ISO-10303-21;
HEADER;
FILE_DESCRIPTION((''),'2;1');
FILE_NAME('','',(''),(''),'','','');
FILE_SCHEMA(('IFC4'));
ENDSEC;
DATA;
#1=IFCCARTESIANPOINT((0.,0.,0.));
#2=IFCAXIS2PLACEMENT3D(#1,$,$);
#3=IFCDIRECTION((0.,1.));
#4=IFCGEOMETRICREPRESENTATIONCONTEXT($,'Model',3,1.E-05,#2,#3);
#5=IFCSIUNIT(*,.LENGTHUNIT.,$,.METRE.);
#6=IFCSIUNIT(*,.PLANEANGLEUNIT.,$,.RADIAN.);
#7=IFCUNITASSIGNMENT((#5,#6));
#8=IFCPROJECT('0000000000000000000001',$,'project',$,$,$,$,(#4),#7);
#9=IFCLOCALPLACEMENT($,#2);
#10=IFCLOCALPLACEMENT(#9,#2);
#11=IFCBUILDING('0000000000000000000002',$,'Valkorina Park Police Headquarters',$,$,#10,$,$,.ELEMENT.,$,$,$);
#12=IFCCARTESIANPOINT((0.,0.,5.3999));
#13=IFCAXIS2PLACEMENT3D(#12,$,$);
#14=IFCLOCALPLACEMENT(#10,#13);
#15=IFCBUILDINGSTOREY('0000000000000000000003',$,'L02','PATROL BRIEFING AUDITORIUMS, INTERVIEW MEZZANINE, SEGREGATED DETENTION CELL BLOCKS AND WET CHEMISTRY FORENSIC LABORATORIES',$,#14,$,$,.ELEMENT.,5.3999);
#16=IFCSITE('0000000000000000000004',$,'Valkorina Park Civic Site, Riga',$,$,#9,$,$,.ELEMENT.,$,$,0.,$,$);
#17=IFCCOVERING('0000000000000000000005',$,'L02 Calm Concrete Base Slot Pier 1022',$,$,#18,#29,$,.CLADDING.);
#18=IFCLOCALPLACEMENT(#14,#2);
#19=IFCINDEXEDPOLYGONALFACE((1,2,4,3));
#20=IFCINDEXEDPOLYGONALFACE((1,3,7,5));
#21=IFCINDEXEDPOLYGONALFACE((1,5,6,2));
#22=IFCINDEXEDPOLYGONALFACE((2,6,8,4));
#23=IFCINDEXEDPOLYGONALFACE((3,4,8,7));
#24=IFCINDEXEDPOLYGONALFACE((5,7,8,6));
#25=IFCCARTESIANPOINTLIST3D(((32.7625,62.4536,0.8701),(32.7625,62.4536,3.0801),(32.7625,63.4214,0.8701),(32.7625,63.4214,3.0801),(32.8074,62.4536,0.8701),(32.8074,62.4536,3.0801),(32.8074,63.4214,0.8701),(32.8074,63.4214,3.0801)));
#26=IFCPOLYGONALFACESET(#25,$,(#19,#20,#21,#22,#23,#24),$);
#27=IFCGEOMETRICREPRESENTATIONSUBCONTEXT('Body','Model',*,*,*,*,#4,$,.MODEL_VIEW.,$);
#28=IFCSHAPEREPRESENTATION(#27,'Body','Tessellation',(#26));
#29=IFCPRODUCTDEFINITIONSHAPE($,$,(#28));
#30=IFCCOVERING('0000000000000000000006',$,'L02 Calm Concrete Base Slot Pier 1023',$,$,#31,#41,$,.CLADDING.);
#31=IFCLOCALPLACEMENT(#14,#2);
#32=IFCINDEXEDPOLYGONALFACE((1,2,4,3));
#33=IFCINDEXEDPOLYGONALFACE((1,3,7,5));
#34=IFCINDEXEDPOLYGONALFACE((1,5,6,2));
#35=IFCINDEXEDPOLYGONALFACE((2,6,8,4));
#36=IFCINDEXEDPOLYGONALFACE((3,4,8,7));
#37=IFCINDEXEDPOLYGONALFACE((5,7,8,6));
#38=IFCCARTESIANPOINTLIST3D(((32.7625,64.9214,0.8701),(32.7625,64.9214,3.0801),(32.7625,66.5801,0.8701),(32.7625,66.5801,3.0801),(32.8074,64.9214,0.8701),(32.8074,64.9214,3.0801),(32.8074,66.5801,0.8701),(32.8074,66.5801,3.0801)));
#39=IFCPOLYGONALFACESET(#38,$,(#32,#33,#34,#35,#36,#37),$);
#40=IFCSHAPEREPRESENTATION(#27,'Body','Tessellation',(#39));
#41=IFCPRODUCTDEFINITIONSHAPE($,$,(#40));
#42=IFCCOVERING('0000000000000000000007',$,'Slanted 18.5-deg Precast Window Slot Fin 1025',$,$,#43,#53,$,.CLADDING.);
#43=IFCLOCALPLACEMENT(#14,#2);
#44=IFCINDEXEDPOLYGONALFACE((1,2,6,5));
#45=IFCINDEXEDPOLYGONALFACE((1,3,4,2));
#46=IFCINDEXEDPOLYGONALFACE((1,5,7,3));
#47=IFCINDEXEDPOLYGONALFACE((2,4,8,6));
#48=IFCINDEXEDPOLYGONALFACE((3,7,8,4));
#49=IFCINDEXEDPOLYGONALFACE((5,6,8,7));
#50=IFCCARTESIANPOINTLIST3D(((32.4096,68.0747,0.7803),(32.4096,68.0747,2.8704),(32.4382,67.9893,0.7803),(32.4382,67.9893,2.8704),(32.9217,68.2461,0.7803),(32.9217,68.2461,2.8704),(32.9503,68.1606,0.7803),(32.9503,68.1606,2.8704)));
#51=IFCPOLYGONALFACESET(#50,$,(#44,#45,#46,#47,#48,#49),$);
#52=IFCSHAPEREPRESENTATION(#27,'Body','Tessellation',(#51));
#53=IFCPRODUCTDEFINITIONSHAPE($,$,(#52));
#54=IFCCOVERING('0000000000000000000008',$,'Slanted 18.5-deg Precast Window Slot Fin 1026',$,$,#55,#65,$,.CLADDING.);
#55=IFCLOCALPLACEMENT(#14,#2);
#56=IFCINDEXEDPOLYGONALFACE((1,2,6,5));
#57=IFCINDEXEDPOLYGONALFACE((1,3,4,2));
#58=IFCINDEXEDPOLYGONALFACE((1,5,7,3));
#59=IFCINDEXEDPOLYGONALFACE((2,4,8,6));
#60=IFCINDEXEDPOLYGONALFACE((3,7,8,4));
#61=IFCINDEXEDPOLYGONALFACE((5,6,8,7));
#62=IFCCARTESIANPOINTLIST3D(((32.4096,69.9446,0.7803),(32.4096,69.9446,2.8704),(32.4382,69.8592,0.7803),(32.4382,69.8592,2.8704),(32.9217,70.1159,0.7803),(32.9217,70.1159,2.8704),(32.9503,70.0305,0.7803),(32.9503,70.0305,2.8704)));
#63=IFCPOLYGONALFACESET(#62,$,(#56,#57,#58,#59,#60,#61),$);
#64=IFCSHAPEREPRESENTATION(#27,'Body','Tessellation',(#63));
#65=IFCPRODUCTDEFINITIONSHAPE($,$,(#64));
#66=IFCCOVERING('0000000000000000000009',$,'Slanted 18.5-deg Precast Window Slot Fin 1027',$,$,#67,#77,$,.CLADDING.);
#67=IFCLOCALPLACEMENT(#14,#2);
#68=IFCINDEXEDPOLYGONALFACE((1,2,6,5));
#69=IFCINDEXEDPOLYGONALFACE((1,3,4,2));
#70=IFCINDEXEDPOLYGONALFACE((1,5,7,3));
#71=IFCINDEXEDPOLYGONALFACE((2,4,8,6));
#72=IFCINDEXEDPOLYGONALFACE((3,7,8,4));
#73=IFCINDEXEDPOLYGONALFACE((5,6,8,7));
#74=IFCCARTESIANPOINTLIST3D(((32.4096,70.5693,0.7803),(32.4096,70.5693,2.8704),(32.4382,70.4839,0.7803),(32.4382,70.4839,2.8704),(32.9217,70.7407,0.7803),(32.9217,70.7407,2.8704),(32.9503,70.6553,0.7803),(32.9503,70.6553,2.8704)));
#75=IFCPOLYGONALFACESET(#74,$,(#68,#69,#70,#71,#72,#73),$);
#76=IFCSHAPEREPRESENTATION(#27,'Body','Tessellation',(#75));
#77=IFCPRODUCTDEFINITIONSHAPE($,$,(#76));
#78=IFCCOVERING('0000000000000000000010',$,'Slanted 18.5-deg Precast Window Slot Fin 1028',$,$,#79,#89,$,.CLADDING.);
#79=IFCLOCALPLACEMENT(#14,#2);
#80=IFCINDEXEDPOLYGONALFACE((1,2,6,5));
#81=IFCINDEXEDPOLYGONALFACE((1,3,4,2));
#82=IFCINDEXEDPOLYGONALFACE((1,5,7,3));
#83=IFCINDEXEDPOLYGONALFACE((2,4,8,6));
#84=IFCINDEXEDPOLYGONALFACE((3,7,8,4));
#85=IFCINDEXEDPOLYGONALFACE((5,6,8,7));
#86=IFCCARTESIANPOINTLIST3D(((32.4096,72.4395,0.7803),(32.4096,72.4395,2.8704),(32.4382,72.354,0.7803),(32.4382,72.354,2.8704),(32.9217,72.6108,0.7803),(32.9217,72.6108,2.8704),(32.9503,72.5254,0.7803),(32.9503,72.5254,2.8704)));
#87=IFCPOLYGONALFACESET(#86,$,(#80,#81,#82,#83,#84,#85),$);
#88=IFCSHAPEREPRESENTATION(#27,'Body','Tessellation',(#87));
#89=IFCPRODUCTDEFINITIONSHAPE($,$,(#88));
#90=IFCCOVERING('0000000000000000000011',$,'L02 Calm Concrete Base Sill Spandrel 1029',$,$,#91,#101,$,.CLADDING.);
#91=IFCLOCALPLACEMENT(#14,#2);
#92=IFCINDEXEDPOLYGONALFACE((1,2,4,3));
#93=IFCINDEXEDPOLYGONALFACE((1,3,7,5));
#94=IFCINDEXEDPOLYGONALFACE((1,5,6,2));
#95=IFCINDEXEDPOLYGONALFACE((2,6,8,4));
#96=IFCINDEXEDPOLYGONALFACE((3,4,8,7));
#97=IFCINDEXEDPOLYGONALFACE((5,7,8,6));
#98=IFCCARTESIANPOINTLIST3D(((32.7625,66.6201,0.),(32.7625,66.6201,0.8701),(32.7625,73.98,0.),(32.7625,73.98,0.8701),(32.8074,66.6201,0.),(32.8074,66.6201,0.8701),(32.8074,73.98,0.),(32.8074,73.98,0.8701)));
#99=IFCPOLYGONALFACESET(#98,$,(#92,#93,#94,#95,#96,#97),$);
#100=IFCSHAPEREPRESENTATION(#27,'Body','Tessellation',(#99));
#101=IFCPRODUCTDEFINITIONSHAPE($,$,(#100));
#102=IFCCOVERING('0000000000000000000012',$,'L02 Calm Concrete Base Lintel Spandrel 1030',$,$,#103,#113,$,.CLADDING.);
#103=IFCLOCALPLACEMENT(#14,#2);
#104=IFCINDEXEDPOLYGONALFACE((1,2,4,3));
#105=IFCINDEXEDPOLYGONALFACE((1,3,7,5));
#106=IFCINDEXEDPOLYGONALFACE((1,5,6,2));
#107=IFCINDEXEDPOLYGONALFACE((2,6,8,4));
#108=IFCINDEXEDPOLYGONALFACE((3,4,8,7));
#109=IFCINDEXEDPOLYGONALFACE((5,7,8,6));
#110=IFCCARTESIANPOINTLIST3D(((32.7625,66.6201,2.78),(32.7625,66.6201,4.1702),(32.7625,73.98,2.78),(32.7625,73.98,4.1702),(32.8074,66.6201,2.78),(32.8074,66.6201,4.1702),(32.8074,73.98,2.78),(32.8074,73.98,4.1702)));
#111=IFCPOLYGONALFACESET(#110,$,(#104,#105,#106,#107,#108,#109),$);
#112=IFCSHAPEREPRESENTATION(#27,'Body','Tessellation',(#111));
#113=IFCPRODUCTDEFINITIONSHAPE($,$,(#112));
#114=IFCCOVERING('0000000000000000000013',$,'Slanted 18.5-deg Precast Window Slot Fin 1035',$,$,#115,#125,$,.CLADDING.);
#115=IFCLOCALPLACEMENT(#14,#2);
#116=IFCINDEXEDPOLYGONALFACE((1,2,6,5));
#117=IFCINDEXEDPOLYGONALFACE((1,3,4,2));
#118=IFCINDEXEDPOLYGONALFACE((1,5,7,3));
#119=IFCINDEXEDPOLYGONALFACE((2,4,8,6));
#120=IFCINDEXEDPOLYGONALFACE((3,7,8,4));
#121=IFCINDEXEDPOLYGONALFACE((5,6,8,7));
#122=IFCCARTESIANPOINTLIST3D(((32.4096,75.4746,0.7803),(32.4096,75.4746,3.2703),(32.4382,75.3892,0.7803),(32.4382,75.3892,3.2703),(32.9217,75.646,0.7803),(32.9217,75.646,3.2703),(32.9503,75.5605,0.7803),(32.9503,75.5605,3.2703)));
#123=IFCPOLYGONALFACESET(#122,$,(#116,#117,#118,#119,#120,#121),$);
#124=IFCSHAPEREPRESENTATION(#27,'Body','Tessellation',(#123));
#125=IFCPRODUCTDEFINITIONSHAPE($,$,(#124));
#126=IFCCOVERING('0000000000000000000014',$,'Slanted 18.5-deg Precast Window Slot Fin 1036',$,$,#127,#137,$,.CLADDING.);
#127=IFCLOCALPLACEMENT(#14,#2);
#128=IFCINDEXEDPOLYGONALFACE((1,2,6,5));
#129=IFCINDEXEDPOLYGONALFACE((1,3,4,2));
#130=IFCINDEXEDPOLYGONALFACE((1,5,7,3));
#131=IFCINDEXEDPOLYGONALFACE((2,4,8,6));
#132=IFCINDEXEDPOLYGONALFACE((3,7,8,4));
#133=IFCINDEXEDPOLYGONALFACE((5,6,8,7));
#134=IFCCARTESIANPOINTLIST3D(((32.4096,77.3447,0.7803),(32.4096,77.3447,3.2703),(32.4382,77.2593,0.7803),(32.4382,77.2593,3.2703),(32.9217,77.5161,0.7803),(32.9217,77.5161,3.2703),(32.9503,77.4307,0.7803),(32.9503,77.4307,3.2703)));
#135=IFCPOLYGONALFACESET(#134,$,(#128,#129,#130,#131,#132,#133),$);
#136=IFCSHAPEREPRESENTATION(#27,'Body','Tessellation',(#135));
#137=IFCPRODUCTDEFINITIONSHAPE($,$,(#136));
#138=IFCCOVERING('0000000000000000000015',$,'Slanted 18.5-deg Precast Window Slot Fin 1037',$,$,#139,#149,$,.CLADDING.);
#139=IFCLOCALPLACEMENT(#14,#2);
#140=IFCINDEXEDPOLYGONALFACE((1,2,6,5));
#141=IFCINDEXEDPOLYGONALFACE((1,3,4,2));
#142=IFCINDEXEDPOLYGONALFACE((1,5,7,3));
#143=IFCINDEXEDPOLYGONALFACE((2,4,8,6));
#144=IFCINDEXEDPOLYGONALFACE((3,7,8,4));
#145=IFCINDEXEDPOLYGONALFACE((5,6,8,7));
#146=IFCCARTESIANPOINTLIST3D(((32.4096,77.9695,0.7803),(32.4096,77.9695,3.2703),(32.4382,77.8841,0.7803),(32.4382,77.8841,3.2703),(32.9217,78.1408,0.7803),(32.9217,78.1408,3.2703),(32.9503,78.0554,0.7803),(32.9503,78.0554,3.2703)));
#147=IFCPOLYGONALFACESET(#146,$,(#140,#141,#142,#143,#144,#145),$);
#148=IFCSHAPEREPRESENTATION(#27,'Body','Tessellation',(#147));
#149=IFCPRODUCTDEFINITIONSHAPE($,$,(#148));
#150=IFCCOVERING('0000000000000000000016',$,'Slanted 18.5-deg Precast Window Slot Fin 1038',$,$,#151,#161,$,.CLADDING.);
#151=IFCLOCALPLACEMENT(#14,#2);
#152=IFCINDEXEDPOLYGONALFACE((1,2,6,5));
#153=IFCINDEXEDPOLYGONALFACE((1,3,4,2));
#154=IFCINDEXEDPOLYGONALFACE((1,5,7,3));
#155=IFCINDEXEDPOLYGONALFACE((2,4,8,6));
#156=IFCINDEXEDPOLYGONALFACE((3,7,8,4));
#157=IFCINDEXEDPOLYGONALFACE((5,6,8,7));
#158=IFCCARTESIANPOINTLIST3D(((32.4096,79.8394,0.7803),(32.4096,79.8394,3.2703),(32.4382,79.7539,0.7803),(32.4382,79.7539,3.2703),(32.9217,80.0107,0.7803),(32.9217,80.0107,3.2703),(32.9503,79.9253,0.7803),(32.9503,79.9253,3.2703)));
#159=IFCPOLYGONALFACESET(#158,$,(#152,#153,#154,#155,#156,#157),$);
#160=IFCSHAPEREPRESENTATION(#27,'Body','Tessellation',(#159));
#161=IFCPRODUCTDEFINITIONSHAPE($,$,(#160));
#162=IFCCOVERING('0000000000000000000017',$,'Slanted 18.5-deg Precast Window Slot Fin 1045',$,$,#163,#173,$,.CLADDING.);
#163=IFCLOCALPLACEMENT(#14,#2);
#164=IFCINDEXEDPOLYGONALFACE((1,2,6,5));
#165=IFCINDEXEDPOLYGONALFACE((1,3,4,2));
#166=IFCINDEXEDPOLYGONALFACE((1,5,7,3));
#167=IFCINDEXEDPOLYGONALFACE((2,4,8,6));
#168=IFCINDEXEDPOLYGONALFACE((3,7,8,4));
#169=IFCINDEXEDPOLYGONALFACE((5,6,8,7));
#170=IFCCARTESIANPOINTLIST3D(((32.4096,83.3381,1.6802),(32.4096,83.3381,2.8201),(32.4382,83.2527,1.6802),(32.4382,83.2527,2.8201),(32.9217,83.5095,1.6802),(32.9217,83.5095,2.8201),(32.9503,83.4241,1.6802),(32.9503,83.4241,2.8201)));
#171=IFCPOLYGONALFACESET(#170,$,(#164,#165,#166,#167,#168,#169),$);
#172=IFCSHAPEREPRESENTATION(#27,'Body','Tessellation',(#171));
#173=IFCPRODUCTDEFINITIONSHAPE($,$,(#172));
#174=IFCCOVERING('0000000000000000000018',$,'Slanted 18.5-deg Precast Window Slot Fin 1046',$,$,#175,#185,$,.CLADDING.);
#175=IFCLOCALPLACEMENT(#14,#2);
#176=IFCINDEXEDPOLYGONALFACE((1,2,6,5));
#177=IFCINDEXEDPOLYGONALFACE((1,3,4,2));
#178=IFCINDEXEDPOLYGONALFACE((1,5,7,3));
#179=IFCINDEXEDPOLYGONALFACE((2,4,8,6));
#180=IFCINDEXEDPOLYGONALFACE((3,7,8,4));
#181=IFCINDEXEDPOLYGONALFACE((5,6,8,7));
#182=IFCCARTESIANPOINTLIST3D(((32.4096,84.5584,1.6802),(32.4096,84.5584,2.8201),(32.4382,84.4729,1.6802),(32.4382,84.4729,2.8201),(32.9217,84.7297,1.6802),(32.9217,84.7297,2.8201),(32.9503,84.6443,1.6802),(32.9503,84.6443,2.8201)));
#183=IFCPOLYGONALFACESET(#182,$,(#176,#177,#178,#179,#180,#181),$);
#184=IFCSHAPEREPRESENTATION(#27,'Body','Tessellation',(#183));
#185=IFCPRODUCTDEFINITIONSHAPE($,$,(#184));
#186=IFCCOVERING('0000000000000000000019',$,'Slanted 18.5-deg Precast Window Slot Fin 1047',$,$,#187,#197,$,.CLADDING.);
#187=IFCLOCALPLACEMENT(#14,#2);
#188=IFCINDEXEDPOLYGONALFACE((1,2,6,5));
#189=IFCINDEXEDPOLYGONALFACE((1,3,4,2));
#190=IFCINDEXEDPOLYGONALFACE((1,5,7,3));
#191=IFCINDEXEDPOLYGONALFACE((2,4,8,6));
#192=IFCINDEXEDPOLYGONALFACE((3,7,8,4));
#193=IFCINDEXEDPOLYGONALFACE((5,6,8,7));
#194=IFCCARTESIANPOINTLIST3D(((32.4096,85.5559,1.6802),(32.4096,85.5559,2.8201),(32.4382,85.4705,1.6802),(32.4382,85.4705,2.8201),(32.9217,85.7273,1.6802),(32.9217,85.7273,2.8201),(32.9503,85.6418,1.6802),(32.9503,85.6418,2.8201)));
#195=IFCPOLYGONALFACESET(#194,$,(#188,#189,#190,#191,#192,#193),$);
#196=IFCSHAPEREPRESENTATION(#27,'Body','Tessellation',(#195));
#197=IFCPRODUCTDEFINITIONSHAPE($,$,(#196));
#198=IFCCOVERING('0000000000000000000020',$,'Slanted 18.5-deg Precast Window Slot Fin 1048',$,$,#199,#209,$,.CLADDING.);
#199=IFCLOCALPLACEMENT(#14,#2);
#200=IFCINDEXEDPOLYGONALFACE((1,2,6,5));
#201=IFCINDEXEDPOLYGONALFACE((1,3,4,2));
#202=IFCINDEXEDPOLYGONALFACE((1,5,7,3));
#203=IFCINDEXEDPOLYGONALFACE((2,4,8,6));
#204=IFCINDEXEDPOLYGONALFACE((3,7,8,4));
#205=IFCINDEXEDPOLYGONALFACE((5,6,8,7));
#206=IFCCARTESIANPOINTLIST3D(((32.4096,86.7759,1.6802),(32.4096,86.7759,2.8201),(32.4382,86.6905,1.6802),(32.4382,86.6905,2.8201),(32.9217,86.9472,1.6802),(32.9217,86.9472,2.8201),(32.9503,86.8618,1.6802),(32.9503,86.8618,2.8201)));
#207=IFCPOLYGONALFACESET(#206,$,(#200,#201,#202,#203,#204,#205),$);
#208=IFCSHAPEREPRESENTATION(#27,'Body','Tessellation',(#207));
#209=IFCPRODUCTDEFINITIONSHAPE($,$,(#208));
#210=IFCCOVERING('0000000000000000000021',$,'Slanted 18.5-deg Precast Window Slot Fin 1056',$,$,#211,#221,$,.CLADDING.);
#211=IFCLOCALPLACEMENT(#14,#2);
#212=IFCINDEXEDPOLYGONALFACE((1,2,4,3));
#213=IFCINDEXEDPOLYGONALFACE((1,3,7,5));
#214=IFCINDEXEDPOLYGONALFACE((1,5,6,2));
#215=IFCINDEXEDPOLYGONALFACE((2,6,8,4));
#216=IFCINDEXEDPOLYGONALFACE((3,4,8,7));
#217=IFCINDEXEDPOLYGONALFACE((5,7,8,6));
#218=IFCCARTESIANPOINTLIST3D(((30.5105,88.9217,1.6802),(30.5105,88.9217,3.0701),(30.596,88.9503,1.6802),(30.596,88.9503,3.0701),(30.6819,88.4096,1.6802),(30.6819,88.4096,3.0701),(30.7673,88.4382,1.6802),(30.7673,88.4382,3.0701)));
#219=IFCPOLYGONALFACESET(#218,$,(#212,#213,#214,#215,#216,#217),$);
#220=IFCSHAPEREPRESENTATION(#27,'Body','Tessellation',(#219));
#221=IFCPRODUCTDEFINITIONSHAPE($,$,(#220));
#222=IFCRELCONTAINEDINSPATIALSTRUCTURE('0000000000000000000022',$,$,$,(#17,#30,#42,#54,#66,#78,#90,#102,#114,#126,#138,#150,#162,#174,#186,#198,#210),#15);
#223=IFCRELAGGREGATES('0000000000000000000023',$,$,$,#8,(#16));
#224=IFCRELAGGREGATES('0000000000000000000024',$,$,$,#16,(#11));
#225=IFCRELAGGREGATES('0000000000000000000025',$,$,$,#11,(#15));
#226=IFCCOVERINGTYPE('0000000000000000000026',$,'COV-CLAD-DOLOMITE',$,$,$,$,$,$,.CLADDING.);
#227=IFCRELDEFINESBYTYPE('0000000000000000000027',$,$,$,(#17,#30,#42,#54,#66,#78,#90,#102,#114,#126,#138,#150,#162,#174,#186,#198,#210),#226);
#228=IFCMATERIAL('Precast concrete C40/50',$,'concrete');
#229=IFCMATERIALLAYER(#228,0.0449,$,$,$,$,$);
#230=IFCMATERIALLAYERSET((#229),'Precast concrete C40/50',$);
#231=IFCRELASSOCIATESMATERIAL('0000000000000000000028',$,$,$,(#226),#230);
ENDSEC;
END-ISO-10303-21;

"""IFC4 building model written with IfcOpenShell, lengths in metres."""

from ifc_helpers import new_model, si_unit, direction, frame, frame_2d, origin, origin_2d, place, context, subcontext, project, spatial, rectangle, extrude, material, layer, layer_set, type_object, element, save


model = new_model("IFC4")

# Units and contexts
model_context = context("Model", 3, precision=1e-05, world=origin(), true_north=direction((0.0, 1.0)))
body_context = subcontext(model_context, "Body", "Model", "MODEL_VIEW")
ifc_project = project(units=[si_unit("LENGTHUNIT", "METRE"), si_unit("PLANEANGLEUNIT", "RADIAN")], contexts=[model_context])

# Site, building, storey
site_placement = place(None, origin())
site = spatial("IfcSite", under=ifc_project, at=site_placement, Name="Valkorina Park Civic Site, Riga", CompositionType="ELEMENT", RefElevation=0.0)
building_placement = place(site_placement, origin())
building = spatial("IfcBuilding", under=site, at=building_placement, Name="Valkorina Park Police Headquarters", CompositionType="ELEMENT")
storey_placement = place(building_placement, frame((0.0, 0.0, 5.3999)))
storey = spatial("IfcBuildingStorey", under=building, at=storey_placement, Name="L02", Description="PATROL BRIEFING AUDITORIUMS, INTERVIEW MEZZANINE, SEGREGATED DETENTION CELL BLOCKS AND WET CHEMISTRY FORENSIC LABORATORIES", CompositionType="ELEMENT", Elevation=5.3999)

# Coverings
ifc_material_1 = material(Name="Precast concrete C40/50", Category="concrete")
ifc_layer = layer(ifc_material_1, 0.0449)
ifc_layer_set = layer_set([ifc_layer], Name="Precast concrete C40/50")
covering_type = type_object("IfcCoveringType", Name="COV-CLAD-DOLOMITE", PredefinedType="CLADDING", material=ifc_layer_set)
covering_1_placement = place(storey_placement, frame((32.7849, 62.4536, 0.8701), z_axis=(0.0, 0.0, 1.0), x_axis=(0.0, 1.0, 0.0)))
element("IfcCovering", 1, at=covering_1_placement, inside=storey, type_object=covering_type, Name="L02 Calm Concrete Base Slot Pier 1022", PredefinedType="CLADDING", context=body_context, shape_type="SweptSolid", body=[
    extrude(rectangle(XDim=0.9678, YDim=0.0449, at=frame_2d((0.4839, 0.0))), origin(), (0.0, 0.0, 1.0), 2.21),
])
covering_2_placement = place(storey_placement, frame((32.7849, 64.9214, 0.8701), z_axis=(0.0, 0.0, 1.0), x_axis=(0.0, 1.0, 0.0)))
element("IfcCovering", 2, at=covering_2_placement, inside=storey, type_object=covering_type, Name="L02 Calm Concrete Base Slot Pier 1023", PredefinedType="CLADDING", context=body_context, shape_type="SweptSolid", body=[
    extrude(rectangle(XDim=1.6587, YDim=0.0449, at=frame_2d((0.8293, 0.0))), origin(), (0.0, 0.0, 1.0), 2.21),
])
for number, where, z_axis, x_axis, name in (
    (3, (32.6799, 68.1177, 0.7803), (0.0, 0.0, 1.0), (-0.948324, -0.317305, 0.0), "Slanted 18.5-deg Precast Window Slot Fin 1025"),
    (4, (32.6799, 69.9875, 0.7803), (0.0, 0.0, 1.0), (-0.948324, -0.317305, 0.0), "Slanted 18.5-deg Precast Window Slot Fin 1026"),
    (5, (32.6799, 70.6123, 0.7803), (0.0, 0.0, 1.0), (-0.948324, -0.317305, 0.0), "Slanted 18.5-deg Precast Window Slot Fin 1027"),
    (6, (32.6799, 72.4824, 0.7803), (0.0, 0.0, 1.0), (-0.948324, -0.317305, 0.0), "Slanted 18.5-deg Precast Window Slot Fin 1028"),
):
    element("IfcCovering", number, at=place(storey_placement, frame(where, z_axis=z_axis, x_axis=x_axis)), inside=storey, type_object=covering_type, Name=name, PredefinedType="CLADDING", context=body_context, shape_type="SweptSolid", body=[
        extrude(rectangle(XDim=0.54, YDim=0.0901, at=origin_2d()), origin(), (0.0, 0.0, 1.0), 2.0901),
    ])
covering_3_placement = place(storey_placement, frame((32.7849, 66.6201, 0.0), z_axis=(0.0, 0.0, 1.0), x_axis=(0.0, 1.0, 0.0)))
element("IfcCovering", 7, at=covering_3_placement, inside=storey, type_object=covering_type, Name="L02 Calm Concrete Base Sill Spandrel 1029", PredefinedType="CLADDING", context=body_context, shape_type="SweptSolid", body=[
    extrude(rectangle(XDim=7.3599, YDim=0.0449, at=frame_2d((3.6799, 0.0))), origin(), (0.0, 0.0, 1.0), 0.8701),
])
covering_4_placement = place(storey_placement, frame((32.7849, 66.6201, 2.78), z_axis=(0.0, 0.0, 1.0), x_axis=(0.0, 1.0, 0.0)))
element("IfcCovering", 8, at=covering_4_placement, inside=storey, type_object=covering_type, Name="L02 Calm Concrete Base Lintel Spandrel 1030", PredefinedType="CLADDING", context=body_context, shape_type="SweptSolid", body=[
    extrude(rectangle(XDim=7.3599, YDim=0.0449, at=frame_2d((3.6799, 0.0))), origin(), (0.0, 0.0, 1.0), 1.3901),
])
for number, where, z_axis, x_axis, name in (
    (9, (32.6799, 75.5176, 0.7803), (0.0, 0.0, 1.0), (-0.948324, -0.317305, 0.0), "Slanted 18.5-deg Precast Window Slot Fin 1035"),
    (10, (32.6799, 77.3877, 0.7803), (0.0, 0.0, 1.0), (-0.948324, -0.317305, 0.0), "Slanted 18.5-deg Precast Window Slot Fin 1036"),
    (11, (32.6799, 78.0125, 0.7803), (0.0, 0.0, 1.0), (-0.948324, -0.317305, 0.0), "Slanted 18.5-deg Precast Window Slot Fin 1037"),
    (12, (32.6799, 79.8823, 0.7803), (0.0, 0.0, 1.0), (-0.948324, -0.317305, 0.0), "Slanted 18.5-deg Precast Window Slot Fin 1038"),
):
    element("IfcCovering", number, at=place(storey_placement, frame(where, z_axis=z_axis, x_axis=x_axis)), inside=storey, type_object=covering_type, Name=name, PredefinedType="CLADDING", context=body_context, shape_type="SweptSolid", body=[
        extrude(rectangle(XDim=0.54, YDim=0.0901, at=origin_2d()), origin(), (0.0, 0.0, 1.0), 2.49),
    ])
for number, where, z_axis, x_axis, name in (
    (13, (32.6799, 83.3811, 1.6802), (0.0, 0.0, 1.0), (-0.948324, -0.317305, 0.0), "Slanted 18.5-deg Precast Window Slot Fin 1045"),
    (14, (32.6799, 84.6013, 1.6802), (0.0, 0.0, 1.0), (-0.948324, -0.317305, 0.0), "Slanted 18.5-deg Precast Window Slot Fin 1046"),
    (15, (32.6799, 85.5989, 1.6802), (0.0, 0.0, 1.0), (-0.948324, -0.317305, 0.0), "Slanted 18.5-deg Precast Window Slot Fin 1047"),
    (16, (32.6799, 86.8188, 1.6802), (0.0, 0.0, 1.0), (-0.948324, -0.317305, 0.0), "Slanted 18.5-deg Precast Window Slot Fin 1048"),
):
    element("IfcCovering", number, at=place(storey_placement, frame(where, z_axis=z_axis, x_axis=x_axis)), inside=storey, type_object=covering_type, Name=name, PredefinedType="CLADDING", context=body_context, shape_type="SweptSolid", body=[
        extrude(rectangle(XDim=0.54, YDim=0.0901, at=origin_2d()), origin(), (0.0, 0.0, 1.0), 1.1399),
    ])
for number, where, z_axis, x_axis, name in (
    (17, (30.6389, 88.6799, 1.6802), (0.0, 0.0, 1.0), (0.317305, -0.948324, 0.0), "Slanted 18.5-deg Precast Window Slot Fin 1056"),
):
    element("IfcCovering", number, at=place(storey_placement, frame(where, z_axis=z_axis, x_axis=x_axis)), inside=storey, type_object=covering_type, Name=name, PredefinedType="CLADDING", context=body_context, shape_type="SweptSolid", body=[
        extrude(rectangle(XDim=0.54, YDim=0.0901, at=origin_2d()), origin(), (0.0, 0.0, 1.0), 1.3899),
    ])

save(model, "model.ifc")
